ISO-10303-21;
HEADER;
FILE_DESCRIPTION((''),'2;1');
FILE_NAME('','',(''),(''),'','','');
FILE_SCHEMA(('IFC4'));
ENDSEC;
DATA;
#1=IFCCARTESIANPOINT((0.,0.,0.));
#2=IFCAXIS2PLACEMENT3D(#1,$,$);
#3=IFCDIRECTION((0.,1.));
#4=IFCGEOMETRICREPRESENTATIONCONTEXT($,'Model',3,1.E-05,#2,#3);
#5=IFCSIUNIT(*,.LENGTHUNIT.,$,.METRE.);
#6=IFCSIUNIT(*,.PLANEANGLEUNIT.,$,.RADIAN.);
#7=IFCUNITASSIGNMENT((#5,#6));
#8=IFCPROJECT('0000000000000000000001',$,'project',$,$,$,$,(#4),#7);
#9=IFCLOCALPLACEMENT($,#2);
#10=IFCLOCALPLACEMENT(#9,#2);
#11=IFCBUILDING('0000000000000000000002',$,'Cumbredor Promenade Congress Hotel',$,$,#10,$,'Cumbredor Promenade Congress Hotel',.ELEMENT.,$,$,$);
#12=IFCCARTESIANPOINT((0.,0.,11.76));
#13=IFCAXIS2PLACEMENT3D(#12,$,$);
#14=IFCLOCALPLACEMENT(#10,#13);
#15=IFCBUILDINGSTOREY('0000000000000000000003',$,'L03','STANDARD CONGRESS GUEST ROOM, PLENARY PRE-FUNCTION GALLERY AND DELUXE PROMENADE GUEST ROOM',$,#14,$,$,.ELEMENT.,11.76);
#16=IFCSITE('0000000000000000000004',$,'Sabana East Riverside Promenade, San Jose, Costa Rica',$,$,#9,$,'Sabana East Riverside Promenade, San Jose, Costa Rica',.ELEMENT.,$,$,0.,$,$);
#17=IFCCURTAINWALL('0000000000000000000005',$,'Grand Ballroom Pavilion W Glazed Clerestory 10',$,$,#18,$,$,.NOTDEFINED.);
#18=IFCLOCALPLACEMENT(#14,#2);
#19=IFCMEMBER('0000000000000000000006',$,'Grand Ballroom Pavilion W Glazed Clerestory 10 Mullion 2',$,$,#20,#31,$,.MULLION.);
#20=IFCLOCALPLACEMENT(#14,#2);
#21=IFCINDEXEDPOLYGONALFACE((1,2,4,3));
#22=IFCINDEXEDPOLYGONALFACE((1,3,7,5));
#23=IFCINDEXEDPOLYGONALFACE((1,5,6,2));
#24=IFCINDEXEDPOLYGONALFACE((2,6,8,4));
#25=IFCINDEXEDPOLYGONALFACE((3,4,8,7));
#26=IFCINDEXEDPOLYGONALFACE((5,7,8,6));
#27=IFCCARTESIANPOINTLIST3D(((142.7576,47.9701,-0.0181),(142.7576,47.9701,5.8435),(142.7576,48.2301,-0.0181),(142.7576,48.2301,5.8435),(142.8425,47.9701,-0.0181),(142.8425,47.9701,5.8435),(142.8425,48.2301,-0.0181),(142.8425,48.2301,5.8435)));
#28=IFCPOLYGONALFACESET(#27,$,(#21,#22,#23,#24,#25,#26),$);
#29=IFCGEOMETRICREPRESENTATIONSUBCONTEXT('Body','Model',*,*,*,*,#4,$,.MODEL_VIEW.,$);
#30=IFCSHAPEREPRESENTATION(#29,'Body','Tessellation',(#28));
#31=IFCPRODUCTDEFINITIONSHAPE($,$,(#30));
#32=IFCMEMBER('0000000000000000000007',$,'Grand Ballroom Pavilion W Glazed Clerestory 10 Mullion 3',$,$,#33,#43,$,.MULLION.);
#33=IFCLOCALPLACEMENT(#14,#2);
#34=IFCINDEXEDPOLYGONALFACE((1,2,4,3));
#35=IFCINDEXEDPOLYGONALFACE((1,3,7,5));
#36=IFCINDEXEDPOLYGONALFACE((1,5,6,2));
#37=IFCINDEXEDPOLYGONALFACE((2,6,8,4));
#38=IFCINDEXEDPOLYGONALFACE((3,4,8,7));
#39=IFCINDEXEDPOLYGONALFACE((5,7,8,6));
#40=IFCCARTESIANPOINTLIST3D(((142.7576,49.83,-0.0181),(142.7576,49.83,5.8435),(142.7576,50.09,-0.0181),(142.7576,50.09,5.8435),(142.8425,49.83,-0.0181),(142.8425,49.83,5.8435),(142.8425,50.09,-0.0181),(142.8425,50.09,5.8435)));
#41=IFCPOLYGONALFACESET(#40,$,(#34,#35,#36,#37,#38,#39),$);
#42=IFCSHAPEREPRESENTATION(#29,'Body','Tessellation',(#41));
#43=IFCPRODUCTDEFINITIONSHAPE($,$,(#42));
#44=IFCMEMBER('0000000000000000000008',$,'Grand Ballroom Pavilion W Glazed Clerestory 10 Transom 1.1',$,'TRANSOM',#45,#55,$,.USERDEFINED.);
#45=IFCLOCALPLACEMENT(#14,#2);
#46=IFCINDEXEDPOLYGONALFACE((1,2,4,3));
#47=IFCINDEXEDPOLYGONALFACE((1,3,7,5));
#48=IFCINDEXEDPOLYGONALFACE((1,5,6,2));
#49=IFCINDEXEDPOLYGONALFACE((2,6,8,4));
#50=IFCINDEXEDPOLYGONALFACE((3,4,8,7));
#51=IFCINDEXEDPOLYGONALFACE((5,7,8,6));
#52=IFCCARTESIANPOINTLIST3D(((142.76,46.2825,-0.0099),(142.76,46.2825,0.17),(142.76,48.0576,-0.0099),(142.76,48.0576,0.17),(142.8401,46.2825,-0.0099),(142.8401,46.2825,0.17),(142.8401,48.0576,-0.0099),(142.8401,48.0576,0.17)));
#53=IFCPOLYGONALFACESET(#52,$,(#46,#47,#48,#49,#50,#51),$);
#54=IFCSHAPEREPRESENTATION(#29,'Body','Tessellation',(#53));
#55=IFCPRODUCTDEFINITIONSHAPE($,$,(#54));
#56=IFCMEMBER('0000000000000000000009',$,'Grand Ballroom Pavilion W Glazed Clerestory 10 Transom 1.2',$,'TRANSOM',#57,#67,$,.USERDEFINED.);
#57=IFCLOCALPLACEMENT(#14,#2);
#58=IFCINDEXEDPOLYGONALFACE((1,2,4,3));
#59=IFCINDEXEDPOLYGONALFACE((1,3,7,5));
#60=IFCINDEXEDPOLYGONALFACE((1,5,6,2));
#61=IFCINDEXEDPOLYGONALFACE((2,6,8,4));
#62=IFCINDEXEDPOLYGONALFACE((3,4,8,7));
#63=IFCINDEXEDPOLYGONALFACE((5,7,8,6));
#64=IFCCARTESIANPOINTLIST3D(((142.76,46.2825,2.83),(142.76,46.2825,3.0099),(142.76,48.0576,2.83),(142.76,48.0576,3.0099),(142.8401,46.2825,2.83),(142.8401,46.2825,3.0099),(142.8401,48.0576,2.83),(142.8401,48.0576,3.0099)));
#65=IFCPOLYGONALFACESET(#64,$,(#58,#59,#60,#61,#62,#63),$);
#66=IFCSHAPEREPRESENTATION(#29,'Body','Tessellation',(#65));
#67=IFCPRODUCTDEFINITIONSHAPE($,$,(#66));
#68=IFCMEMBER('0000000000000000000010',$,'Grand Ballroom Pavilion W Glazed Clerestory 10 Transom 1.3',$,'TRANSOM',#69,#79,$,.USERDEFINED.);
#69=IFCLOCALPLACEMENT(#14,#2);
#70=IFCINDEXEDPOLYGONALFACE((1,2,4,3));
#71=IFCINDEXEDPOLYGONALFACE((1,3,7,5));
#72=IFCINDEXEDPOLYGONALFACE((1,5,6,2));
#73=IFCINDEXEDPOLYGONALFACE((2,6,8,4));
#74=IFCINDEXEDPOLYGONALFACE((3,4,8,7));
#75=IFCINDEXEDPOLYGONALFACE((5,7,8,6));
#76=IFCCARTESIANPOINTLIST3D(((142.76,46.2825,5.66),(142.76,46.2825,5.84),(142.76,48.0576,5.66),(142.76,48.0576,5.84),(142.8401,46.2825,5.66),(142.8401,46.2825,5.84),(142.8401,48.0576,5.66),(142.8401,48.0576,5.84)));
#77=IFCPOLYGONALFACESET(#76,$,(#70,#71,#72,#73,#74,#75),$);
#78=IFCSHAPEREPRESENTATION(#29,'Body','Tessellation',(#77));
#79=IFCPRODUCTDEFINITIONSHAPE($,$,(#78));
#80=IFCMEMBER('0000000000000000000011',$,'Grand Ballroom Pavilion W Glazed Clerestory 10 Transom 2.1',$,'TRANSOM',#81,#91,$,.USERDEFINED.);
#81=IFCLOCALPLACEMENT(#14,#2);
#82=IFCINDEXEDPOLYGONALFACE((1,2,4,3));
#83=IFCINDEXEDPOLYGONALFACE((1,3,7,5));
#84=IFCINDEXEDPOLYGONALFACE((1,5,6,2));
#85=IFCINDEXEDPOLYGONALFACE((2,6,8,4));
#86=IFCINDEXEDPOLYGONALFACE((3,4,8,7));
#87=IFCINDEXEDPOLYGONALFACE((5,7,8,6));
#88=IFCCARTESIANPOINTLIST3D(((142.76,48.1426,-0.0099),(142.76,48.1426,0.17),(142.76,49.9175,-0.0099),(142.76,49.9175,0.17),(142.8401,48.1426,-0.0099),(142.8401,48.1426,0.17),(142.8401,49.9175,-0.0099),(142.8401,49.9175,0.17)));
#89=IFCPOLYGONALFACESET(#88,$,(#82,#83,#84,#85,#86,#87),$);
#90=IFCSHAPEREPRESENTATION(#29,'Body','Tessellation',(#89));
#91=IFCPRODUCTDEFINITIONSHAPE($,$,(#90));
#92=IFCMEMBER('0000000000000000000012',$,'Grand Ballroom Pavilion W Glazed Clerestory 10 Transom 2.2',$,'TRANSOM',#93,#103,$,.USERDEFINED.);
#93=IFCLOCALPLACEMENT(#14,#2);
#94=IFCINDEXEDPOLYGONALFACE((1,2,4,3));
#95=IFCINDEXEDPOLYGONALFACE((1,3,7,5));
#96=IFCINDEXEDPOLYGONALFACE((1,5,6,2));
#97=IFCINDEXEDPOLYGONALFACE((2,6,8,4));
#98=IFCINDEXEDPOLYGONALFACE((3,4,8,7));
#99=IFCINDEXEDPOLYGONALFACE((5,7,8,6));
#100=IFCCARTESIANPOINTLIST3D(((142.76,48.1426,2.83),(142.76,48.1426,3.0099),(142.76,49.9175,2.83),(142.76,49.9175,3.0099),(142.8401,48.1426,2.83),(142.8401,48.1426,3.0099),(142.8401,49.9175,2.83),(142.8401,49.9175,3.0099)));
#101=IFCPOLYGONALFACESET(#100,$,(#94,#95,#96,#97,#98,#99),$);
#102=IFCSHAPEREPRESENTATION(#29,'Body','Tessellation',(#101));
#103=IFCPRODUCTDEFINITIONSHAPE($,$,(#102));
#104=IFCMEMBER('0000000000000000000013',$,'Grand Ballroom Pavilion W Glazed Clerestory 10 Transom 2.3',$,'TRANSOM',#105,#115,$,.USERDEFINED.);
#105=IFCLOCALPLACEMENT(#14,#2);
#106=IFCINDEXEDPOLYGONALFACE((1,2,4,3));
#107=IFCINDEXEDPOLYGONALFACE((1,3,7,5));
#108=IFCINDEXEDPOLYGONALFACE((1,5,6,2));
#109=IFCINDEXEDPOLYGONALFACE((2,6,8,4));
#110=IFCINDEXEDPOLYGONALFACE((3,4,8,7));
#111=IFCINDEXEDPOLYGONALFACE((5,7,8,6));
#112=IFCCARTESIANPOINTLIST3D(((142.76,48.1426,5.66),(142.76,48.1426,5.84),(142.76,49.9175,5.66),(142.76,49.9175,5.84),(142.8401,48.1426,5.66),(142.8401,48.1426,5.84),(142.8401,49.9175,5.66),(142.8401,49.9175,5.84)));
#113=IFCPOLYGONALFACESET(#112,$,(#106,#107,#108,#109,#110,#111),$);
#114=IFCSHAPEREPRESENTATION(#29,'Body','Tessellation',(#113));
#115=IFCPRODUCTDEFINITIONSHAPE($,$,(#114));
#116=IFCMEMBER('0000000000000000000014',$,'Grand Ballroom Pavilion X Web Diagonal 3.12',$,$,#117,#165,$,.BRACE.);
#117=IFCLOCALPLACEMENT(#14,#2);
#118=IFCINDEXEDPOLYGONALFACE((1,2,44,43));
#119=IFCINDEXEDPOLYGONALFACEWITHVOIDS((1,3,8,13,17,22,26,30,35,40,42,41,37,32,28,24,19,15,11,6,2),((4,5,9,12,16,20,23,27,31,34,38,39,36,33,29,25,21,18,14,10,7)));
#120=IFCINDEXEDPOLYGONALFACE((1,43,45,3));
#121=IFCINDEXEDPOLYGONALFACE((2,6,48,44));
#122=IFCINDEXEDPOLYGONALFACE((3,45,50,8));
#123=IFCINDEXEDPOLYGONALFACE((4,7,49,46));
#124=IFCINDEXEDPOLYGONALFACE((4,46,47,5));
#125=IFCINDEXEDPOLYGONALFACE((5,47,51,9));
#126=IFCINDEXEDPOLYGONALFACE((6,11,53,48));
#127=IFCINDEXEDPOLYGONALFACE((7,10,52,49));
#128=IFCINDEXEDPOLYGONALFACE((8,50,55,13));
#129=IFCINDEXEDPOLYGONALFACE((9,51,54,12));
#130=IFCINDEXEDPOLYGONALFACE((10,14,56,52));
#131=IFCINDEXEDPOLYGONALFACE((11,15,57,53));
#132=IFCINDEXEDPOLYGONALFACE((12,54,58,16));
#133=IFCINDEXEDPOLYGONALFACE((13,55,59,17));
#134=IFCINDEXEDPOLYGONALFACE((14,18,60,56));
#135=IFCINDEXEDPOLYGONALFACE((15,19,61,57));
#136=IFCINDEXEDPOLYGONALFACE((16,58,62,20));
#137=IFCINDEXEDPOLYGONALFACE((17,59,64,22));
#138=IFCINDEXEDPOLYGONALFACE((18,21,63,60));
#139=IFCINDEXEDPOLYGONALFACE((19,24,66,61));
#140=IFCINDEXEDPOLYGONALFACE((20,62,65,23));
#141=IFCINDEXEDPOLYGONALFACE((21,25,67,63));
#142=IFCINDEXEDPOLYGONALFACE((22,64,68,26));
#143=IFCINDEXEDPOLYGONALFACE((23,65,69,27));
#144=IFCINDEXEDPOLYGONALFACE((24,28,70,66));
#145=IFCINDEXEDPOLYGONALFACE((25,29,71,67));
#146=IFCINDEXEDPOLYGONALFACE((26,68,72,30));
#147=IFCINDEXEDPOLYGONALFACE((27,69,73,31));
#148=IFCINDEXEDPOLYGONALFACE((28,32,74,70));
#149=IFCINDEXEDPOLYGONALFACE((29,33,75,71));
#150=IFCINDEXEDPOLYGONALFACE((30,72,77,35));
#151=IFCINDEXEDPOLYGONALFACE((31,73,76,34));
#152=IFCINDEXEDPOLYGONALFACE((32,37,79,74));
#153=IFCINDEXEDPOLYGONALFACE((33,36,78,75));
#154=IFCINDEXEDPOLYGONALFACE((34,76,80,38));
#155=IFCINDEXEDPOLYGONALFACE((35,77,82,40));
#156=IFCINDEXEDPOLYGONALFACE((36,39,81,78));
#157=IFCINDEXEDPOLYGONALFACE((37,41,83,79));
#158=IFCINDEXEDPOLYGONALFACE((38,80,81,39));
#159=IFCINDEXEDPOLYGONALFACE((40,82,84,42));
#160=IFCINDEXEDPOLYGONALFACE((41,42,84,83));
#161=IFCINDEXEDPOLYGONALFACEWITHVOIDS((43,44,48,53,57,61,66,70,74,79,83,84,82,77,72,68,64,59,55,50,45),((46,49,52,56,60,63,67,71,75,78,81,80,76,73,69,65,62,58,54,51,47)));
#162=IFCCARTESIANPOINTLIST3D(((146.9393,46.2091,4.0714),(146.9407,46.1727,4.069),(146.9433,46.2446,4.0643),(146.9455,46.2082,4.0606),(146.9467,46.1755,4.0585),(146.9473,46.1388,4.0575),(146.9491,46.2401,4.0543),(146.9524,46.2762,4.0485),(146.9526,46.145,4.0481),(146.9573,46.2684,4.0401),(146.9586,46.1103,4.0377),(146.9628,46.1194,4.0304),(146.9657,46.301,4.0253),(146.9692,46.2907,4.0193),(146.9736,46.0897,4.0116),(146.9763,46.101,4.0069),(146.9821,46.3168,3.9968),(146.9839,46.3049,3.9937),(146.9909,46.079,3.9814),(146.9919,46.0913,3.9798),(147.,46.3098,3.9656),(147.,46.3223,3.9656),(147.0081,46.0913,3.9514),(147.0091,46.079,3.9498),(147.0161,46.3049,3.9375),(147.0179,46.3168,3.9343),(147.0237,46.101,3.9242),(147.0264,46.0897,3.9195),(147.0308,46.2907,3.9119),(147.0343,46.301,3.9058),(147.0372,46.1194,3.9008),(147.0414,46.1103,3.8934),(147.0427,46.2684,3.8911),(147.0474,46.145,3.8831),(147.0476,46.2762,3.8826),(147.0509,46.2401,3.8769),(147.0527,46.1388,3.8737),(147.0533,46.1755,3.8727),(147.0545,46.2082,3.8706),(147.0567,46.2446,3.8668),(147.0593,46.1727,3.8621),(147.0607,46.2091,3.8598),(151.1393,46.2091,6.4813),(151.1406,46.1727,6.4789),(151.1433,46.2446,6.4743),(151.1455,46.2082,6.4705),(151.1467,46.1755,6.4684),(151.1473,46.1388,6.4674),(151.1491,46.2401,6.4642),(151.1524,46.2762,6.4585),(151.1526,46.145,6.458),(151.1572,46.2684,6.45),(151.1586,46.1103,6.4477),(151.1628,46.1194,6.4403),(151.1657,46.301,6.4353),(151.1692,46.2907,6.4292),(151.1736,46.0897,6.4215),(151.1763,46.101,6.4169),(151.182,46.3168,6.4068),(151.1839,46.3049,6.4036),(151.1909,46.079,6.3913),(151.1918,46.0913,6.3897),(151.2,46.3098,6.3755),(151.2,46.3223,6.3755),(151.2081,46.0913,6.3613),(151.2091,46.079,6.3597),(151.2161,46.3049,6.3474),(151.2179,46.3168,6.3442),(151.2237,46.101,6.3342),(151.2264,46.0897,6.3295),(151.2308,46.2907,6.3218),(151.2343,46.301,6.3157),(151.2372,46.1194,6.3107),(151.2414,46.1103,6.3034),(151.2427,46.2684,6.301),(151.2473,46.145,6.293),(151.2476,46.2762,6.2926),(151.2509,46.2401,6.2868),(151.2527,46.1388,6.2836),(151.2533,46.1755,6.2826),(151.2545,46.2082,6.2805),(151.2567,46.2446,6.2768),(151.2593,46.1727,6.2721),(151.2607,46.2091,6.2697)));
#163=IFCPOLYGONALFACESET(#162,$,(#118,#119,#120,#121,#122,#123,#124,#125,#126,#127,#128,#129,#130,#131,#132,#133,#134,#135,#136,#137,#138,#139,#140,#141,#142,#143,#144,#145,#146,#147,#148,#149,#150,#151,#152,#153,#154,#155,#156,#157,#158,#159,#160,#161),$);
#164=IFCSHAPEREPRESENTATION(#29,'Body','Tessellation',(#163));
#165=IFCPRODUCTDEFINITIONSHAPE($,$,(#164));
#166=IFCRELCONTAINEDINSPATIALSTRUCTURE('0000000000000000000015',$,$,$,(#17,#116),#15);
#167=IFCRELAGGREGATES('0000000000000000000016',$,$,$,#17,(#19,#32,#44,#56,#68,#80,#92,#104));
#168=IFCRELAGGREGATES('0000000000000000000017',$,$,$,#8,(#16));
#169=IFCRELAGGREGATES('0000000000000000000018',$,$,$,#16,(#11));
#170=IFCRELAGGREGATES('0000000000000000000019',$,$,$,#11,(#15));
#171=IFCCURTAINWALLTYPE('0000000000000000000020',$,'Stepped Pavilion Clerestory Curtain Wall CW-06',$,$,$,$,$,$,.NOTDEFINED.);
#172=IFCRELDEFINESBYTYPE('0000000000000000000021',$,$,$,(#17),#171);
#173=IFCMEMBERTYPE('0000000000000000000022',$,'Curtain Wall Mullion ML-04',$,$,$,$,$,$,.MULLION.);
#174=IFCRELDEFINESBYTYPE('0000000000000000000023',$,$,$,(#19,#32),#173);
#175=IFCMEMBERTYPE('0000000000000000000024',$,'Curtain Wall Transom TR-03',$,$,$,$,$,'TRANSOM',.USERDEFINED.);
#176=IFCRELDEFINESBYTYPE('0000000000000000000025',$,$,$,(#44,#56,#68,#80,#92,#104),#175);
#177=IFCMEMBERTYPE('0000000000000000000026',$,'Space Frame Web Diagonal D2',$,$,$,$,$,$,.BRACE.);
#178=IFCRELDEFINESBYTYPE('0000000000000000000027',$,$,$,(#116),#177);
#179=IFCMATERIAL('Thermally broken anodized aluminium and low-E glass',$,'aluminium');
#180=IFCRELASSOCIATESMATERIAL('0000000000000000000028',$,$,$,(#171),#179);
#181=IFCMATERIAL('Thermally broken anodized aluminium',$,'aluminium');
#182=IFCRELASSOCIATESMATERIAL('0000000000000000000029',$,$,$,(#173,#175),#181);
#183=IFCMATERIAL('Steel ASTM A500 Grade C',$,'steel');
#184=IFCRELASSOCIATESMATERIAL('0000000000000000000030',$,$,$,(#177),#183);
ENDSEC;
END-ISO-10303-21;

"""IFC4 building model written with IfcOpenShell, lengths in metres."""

from ifc_helpers import new_model, si_unit, direction, frame, origin, origin_2d, place, context, subcontext, project, spatial, rectangle, hollow_circle, extrude, material, material_profile, profile_set, type_object, element, aggregate, save


model = new_model("IFC4")

# Units and contexts
model_context = context("Model", 3, precision=1e-05, world=origin(), true_north=direction((0.0, 1.0)))
body_context = subcontext(model_context, "Body", "Model", "MODEL_VIEW")
ifc_project = project(units=[si_unit("LENGTHUNIT", "METRE"), si_unit("PLANEANGLEUNIT", "RADIAN")], contexts=[model_context])

# Site, building, storey
site_placement = place(None, origin())
site = spatial("IfcSite", under=ifc_project, at=site_placement, Name="Sabana East Riverside Promenade, San Jose, Costa Rica", LongName="Sabana East Riverside Promenade, San Jose, Costa Rica", CompositionType="ELEMENT", RefElevation=0.0)
building_placement = place(site_placement, origin())
building = spatial("IfcBuilding", under=site, at=building_placement, Name="Cumbredor Promenade Congress Hotel", LongName="Cumbredor Promenade Congress Hotel", CompositionType="ELEMENT")
storey_placement = place(building_placement, frame((0.0, 0.0, 11.76)))
storey = spatial("IfcBuildingStorey", under=building, at=storey_placement, Name="L03", Description="STANDARD CONGRESS GUEST ROOM, PLENARY PRE-FUNCTION GALLERY AND DELUXE PROMENADE GUEST ROOM", CompositionType="ELEMENT", Elevation=11.76)

# Shared definitions
ifc_material_1 = material(Name="Steel ASTM A500 Grade C", Category="steel")

# Curtain wall, members
ifc_material_2 = material(Name="Thermally broken anodized aluminium and low-E glass", Category="aluminium")
curtain_wall_type = type_object("IfcCurtainWallType", Name="Stepped Pavilion Clerestory Curtain Wall CW-06", PredefinedType="NOTDEFINED", material=ifc_material_2)
curtain_wall_placement = place(storey_placement, origin())
curtain_wall = element("IfcCurtainWall", 1, at=curtain_wall_placement, inside=storey, type_object=curtain_wall_type, Name="Grand Ballroom Pavilion W Glazed Clerestory 10", PredefinedType="NOTDEFINED")
ifc_material_3 = material(Name="Thermally broken anodized aluminium", Category="aluminium")
ifc_material_profile_1 = material_profile(ifc_material_3, rectangle(XDim=0.085, YDim=0.26, at=origin_2d()), Name="ALU MULLION CLERESTORY 85x260")
ifc_profile_set_1 = profile_set([ifc_material_profile_1], Name="Thermally broken anodized aluminium")
member_type_1 = type_object("IfcMemberType", Name="Curtain Wall Mullion ML-04", PredefinedType="MULLION", material=ifc_profile_set_1)
member_1_placement = place(storey_placement, frame((142.8, 48.1001, -0.0181), z_axis=(0.0, 0.0, 1.0), x_axis=(1.0, 0.0, 0.0)))
member_1 = element("IfcMember", 2, at=member_1_placement, type_object=member_type_1, Name="Grand Ballroom Pavilion W Glazed Clerestory 10 Mullion 2", PredefinedType="MULLION", context=body_context, shape_type="SweptSolid", body=[
    extrude(rectangle(XDim=0.085, YDim=0.26, at=origin_2d()), origin(), (0.0, 0.0, 1.0), 5.8616),
])
member_2_placement = place(storey_placement, frame((142.8, 49.96, -0.0181), z_axis=(0.0, 0.0, 1.0), x_axis=(1.0, 0.0, 0.0)))
member_2 = element("IfcMember", 3, at=member_2_placement, type_object=member_type_1, Name="Grand Ballroom Pavilion W Glazed Clerestory 10 Mullion 3", PredefinedType="MULLION", context=body_context, shape_type="SweptSolid", body=[
    extrude(rectangle(XDim=0.085, YDim=0.26, at=origin_2d()), origin(), (0.0, 0.0, 1.0), 5.8616),
])
ifc_material_profile_2 = material_profile(ifc_material_3, rectangle(XDim=0.0801, YDim=0.1799, at=origin_2d()), Name="ALU TRANSOM 80x180")
ifc_profile_set_2 = profile_set([ifc_material_profile_2], Name="Thermally broken anodized aluminium")
member_type_2 = type_object("IfcMemberType", Name="Curtain Wall Transom TR-03", ElementType="TRANSOM", PredefinedType="USERDEFINED", material=ifc_profile_set_2)
member_3_placement = place(storey_placement, frame((142.8, 46.2825, 0.0801), z_axis=(0.0, 1.0, 0.0), x_axis=(-1.0, 0.0, 0.0)))
member_3 = element("IfcMember", 4, at=member_3_placement, type_object=member_type_2, Name="Grand Ballroom Pavilion W Glazed Clerestory 10 Transom 1.1", ObjectType="TRANSOM", PredefinedType="USERDEFINED", context=body_context, shape_type="SweptSolid", body=[
    extrude(rectangle(XDim=0.0801, YDim=0.1799, at=origin_2d()), origin(), (0.0, 0.0, 1.0), 1.7751),
])
member_4_placement = place(storey_placement, frame((142.8, 46.2825, 2.9199), z_axis=(0.0, 1.0, 0.0), x_axis=(-1.0, 0.0, 0.0)))
member_4 = element("IfcMember", 5, at=member_4_placement, type_object=member_type_2, Name="Grand Ballroom Pavilion W Glazed Clerestory 10 Transom 1.2", ObjectType="TRANSOM", PredefinedType="USERDEFINED", context=body_context, shape_type="SweptSolid", body=[
    extrude(rectangle(XDim=0.0801, YDim=0.1799, at=origin_2d()), origin(), (0.0, 0.0, 1.0), 1.7751),
])
member_5_placement = place(storey_placement, frame((142.8, 46.2825, 5.75), z_axis=(0.0, 1.0, 0.0), x_axis=(-1.0, 0.0, 0.0)))
member_5 = element("IfcMember", 6, at=member_5_placement, type_object=member_type_2, Name="Grand Ballroom Pavilion W Glazed Clerestory 10 Transom 1.3", ObjectType="TRANSOM", PredefinedType="USERDEFINED", context=body_context, shape_type="SweptSolid", body=[
    extrude(rectangle(XDim=0.0801, YDim=0.1799, at=origin_2d()), origin(), (0.0, 0.0, 1.0), 1.7751),
])
member_6_placement = place(storey_placement, frame((142.8, 48.1426, 0.0801), z_axis=(0.0, 1.0, 0.0), x_axis=(-1.0, 0.0, 0.0)))
member_6 = element("IfcMember", 7, at=member_6_placement, type_object=member_type_2, Name="Grand Ballroom Pavilion W Glazed Clerestory 10 Transom 2.1", ObjectType="TRANSOM", PredefinedType="USERDEFINED", context=body_context, shape_type="SweptSolid", body=[
    extrude(rectangle(XDim=0.0801, YDim=0.1799, at=origin_2d()), origin(), (0.0, 0.0, 1.0), 1.7749),
])
member_7_placement = place(storey_placement, frame((142.8, 48.1426, 2.9199), z_axis=(0.0, 1.0, 0.0), x_axis=(-1.0, 0.0, 0.0)))
member_7 = element("IfcMember", 8, at=member_7_placement, type_object=member_type_2, Name="Grand Ballroom Pavilion W Glazed Clerestory 10 Transom 2.2", ObjectType="TRANSOM", PredefinedType="USERDEFINED", context=body_context, shape_type="SweptSolid", body=[
    extrude(rectangle(XDim=0.0801, YDim=0.1799, at=origin_2d()), origin(), (0.0, 0.0, 1.0), 1.7749),
])
member_8_placement = place(storey_placement, frame((142.8, 48.1426, 5.75), z_axis=(0.0, 1.0, 0.0), x_axis=(-1.0, 0.0, 0.0)))
member_8 = element("IfcMember", 9, at=member_8_placement, type_object=member_type_2, Name="Grand Ballroom Pavilion W Glazed Clerestory 10 Transom 2.3", ObjectType="TRANSOM", PredefinedType="USERDEFINED", context=body_context, shape_type="SweptSolid", body=[
    extrude(rectangle(XDim=0.0801, YDim=0.1799, at=origin_2d()), origin(), (0.0, 0.0, 1.0), 1.7749),
])

# Member
ifc_material_profile_3 = material_profile(ifc_material_1, hollow_circle(Radius=0.1223, WallThickness=0.0125, at=origin_2d()), Name="CHS 244.5x12.5")
ifc_profile_set_3 = profile_set([ifc_material_profile_3], Name="Steel ASTM A500 Grade C")
member_type_3 = type_object("IfcMemberType", Name="Space Frame Web Diagonal D2", PredefinedType="BRACE", material=ifc_profile_set_3)
member_9_placement = place(storey_placement, frame((147.0, 46.2, 3.9656), z_axis=(0.867357, 0.0, 0.497686), x_axis=(0.0, 1.0, 0.0)))
element("IfcMember", 10, at=member_9_placement, inside=storey, type_object=member_type_3, Name="Grand Ballroom Pavilion X Web Diagonal 3.12", PredefinedType="BRACE", context=body_context, shape_type="SweptSolid", body=[
    extrude(hollow_circle(Radius=0.1223, WallThickness=0.0125, at=origin_2d()), origin(), (0.0, 0.0, 1.0), 4.8423),
])

aggregate(curtain_wall, [member_1, member_2, member_3, member_4, member_5, member_6, member_7, member_8])

save(model, "model.ifc")
